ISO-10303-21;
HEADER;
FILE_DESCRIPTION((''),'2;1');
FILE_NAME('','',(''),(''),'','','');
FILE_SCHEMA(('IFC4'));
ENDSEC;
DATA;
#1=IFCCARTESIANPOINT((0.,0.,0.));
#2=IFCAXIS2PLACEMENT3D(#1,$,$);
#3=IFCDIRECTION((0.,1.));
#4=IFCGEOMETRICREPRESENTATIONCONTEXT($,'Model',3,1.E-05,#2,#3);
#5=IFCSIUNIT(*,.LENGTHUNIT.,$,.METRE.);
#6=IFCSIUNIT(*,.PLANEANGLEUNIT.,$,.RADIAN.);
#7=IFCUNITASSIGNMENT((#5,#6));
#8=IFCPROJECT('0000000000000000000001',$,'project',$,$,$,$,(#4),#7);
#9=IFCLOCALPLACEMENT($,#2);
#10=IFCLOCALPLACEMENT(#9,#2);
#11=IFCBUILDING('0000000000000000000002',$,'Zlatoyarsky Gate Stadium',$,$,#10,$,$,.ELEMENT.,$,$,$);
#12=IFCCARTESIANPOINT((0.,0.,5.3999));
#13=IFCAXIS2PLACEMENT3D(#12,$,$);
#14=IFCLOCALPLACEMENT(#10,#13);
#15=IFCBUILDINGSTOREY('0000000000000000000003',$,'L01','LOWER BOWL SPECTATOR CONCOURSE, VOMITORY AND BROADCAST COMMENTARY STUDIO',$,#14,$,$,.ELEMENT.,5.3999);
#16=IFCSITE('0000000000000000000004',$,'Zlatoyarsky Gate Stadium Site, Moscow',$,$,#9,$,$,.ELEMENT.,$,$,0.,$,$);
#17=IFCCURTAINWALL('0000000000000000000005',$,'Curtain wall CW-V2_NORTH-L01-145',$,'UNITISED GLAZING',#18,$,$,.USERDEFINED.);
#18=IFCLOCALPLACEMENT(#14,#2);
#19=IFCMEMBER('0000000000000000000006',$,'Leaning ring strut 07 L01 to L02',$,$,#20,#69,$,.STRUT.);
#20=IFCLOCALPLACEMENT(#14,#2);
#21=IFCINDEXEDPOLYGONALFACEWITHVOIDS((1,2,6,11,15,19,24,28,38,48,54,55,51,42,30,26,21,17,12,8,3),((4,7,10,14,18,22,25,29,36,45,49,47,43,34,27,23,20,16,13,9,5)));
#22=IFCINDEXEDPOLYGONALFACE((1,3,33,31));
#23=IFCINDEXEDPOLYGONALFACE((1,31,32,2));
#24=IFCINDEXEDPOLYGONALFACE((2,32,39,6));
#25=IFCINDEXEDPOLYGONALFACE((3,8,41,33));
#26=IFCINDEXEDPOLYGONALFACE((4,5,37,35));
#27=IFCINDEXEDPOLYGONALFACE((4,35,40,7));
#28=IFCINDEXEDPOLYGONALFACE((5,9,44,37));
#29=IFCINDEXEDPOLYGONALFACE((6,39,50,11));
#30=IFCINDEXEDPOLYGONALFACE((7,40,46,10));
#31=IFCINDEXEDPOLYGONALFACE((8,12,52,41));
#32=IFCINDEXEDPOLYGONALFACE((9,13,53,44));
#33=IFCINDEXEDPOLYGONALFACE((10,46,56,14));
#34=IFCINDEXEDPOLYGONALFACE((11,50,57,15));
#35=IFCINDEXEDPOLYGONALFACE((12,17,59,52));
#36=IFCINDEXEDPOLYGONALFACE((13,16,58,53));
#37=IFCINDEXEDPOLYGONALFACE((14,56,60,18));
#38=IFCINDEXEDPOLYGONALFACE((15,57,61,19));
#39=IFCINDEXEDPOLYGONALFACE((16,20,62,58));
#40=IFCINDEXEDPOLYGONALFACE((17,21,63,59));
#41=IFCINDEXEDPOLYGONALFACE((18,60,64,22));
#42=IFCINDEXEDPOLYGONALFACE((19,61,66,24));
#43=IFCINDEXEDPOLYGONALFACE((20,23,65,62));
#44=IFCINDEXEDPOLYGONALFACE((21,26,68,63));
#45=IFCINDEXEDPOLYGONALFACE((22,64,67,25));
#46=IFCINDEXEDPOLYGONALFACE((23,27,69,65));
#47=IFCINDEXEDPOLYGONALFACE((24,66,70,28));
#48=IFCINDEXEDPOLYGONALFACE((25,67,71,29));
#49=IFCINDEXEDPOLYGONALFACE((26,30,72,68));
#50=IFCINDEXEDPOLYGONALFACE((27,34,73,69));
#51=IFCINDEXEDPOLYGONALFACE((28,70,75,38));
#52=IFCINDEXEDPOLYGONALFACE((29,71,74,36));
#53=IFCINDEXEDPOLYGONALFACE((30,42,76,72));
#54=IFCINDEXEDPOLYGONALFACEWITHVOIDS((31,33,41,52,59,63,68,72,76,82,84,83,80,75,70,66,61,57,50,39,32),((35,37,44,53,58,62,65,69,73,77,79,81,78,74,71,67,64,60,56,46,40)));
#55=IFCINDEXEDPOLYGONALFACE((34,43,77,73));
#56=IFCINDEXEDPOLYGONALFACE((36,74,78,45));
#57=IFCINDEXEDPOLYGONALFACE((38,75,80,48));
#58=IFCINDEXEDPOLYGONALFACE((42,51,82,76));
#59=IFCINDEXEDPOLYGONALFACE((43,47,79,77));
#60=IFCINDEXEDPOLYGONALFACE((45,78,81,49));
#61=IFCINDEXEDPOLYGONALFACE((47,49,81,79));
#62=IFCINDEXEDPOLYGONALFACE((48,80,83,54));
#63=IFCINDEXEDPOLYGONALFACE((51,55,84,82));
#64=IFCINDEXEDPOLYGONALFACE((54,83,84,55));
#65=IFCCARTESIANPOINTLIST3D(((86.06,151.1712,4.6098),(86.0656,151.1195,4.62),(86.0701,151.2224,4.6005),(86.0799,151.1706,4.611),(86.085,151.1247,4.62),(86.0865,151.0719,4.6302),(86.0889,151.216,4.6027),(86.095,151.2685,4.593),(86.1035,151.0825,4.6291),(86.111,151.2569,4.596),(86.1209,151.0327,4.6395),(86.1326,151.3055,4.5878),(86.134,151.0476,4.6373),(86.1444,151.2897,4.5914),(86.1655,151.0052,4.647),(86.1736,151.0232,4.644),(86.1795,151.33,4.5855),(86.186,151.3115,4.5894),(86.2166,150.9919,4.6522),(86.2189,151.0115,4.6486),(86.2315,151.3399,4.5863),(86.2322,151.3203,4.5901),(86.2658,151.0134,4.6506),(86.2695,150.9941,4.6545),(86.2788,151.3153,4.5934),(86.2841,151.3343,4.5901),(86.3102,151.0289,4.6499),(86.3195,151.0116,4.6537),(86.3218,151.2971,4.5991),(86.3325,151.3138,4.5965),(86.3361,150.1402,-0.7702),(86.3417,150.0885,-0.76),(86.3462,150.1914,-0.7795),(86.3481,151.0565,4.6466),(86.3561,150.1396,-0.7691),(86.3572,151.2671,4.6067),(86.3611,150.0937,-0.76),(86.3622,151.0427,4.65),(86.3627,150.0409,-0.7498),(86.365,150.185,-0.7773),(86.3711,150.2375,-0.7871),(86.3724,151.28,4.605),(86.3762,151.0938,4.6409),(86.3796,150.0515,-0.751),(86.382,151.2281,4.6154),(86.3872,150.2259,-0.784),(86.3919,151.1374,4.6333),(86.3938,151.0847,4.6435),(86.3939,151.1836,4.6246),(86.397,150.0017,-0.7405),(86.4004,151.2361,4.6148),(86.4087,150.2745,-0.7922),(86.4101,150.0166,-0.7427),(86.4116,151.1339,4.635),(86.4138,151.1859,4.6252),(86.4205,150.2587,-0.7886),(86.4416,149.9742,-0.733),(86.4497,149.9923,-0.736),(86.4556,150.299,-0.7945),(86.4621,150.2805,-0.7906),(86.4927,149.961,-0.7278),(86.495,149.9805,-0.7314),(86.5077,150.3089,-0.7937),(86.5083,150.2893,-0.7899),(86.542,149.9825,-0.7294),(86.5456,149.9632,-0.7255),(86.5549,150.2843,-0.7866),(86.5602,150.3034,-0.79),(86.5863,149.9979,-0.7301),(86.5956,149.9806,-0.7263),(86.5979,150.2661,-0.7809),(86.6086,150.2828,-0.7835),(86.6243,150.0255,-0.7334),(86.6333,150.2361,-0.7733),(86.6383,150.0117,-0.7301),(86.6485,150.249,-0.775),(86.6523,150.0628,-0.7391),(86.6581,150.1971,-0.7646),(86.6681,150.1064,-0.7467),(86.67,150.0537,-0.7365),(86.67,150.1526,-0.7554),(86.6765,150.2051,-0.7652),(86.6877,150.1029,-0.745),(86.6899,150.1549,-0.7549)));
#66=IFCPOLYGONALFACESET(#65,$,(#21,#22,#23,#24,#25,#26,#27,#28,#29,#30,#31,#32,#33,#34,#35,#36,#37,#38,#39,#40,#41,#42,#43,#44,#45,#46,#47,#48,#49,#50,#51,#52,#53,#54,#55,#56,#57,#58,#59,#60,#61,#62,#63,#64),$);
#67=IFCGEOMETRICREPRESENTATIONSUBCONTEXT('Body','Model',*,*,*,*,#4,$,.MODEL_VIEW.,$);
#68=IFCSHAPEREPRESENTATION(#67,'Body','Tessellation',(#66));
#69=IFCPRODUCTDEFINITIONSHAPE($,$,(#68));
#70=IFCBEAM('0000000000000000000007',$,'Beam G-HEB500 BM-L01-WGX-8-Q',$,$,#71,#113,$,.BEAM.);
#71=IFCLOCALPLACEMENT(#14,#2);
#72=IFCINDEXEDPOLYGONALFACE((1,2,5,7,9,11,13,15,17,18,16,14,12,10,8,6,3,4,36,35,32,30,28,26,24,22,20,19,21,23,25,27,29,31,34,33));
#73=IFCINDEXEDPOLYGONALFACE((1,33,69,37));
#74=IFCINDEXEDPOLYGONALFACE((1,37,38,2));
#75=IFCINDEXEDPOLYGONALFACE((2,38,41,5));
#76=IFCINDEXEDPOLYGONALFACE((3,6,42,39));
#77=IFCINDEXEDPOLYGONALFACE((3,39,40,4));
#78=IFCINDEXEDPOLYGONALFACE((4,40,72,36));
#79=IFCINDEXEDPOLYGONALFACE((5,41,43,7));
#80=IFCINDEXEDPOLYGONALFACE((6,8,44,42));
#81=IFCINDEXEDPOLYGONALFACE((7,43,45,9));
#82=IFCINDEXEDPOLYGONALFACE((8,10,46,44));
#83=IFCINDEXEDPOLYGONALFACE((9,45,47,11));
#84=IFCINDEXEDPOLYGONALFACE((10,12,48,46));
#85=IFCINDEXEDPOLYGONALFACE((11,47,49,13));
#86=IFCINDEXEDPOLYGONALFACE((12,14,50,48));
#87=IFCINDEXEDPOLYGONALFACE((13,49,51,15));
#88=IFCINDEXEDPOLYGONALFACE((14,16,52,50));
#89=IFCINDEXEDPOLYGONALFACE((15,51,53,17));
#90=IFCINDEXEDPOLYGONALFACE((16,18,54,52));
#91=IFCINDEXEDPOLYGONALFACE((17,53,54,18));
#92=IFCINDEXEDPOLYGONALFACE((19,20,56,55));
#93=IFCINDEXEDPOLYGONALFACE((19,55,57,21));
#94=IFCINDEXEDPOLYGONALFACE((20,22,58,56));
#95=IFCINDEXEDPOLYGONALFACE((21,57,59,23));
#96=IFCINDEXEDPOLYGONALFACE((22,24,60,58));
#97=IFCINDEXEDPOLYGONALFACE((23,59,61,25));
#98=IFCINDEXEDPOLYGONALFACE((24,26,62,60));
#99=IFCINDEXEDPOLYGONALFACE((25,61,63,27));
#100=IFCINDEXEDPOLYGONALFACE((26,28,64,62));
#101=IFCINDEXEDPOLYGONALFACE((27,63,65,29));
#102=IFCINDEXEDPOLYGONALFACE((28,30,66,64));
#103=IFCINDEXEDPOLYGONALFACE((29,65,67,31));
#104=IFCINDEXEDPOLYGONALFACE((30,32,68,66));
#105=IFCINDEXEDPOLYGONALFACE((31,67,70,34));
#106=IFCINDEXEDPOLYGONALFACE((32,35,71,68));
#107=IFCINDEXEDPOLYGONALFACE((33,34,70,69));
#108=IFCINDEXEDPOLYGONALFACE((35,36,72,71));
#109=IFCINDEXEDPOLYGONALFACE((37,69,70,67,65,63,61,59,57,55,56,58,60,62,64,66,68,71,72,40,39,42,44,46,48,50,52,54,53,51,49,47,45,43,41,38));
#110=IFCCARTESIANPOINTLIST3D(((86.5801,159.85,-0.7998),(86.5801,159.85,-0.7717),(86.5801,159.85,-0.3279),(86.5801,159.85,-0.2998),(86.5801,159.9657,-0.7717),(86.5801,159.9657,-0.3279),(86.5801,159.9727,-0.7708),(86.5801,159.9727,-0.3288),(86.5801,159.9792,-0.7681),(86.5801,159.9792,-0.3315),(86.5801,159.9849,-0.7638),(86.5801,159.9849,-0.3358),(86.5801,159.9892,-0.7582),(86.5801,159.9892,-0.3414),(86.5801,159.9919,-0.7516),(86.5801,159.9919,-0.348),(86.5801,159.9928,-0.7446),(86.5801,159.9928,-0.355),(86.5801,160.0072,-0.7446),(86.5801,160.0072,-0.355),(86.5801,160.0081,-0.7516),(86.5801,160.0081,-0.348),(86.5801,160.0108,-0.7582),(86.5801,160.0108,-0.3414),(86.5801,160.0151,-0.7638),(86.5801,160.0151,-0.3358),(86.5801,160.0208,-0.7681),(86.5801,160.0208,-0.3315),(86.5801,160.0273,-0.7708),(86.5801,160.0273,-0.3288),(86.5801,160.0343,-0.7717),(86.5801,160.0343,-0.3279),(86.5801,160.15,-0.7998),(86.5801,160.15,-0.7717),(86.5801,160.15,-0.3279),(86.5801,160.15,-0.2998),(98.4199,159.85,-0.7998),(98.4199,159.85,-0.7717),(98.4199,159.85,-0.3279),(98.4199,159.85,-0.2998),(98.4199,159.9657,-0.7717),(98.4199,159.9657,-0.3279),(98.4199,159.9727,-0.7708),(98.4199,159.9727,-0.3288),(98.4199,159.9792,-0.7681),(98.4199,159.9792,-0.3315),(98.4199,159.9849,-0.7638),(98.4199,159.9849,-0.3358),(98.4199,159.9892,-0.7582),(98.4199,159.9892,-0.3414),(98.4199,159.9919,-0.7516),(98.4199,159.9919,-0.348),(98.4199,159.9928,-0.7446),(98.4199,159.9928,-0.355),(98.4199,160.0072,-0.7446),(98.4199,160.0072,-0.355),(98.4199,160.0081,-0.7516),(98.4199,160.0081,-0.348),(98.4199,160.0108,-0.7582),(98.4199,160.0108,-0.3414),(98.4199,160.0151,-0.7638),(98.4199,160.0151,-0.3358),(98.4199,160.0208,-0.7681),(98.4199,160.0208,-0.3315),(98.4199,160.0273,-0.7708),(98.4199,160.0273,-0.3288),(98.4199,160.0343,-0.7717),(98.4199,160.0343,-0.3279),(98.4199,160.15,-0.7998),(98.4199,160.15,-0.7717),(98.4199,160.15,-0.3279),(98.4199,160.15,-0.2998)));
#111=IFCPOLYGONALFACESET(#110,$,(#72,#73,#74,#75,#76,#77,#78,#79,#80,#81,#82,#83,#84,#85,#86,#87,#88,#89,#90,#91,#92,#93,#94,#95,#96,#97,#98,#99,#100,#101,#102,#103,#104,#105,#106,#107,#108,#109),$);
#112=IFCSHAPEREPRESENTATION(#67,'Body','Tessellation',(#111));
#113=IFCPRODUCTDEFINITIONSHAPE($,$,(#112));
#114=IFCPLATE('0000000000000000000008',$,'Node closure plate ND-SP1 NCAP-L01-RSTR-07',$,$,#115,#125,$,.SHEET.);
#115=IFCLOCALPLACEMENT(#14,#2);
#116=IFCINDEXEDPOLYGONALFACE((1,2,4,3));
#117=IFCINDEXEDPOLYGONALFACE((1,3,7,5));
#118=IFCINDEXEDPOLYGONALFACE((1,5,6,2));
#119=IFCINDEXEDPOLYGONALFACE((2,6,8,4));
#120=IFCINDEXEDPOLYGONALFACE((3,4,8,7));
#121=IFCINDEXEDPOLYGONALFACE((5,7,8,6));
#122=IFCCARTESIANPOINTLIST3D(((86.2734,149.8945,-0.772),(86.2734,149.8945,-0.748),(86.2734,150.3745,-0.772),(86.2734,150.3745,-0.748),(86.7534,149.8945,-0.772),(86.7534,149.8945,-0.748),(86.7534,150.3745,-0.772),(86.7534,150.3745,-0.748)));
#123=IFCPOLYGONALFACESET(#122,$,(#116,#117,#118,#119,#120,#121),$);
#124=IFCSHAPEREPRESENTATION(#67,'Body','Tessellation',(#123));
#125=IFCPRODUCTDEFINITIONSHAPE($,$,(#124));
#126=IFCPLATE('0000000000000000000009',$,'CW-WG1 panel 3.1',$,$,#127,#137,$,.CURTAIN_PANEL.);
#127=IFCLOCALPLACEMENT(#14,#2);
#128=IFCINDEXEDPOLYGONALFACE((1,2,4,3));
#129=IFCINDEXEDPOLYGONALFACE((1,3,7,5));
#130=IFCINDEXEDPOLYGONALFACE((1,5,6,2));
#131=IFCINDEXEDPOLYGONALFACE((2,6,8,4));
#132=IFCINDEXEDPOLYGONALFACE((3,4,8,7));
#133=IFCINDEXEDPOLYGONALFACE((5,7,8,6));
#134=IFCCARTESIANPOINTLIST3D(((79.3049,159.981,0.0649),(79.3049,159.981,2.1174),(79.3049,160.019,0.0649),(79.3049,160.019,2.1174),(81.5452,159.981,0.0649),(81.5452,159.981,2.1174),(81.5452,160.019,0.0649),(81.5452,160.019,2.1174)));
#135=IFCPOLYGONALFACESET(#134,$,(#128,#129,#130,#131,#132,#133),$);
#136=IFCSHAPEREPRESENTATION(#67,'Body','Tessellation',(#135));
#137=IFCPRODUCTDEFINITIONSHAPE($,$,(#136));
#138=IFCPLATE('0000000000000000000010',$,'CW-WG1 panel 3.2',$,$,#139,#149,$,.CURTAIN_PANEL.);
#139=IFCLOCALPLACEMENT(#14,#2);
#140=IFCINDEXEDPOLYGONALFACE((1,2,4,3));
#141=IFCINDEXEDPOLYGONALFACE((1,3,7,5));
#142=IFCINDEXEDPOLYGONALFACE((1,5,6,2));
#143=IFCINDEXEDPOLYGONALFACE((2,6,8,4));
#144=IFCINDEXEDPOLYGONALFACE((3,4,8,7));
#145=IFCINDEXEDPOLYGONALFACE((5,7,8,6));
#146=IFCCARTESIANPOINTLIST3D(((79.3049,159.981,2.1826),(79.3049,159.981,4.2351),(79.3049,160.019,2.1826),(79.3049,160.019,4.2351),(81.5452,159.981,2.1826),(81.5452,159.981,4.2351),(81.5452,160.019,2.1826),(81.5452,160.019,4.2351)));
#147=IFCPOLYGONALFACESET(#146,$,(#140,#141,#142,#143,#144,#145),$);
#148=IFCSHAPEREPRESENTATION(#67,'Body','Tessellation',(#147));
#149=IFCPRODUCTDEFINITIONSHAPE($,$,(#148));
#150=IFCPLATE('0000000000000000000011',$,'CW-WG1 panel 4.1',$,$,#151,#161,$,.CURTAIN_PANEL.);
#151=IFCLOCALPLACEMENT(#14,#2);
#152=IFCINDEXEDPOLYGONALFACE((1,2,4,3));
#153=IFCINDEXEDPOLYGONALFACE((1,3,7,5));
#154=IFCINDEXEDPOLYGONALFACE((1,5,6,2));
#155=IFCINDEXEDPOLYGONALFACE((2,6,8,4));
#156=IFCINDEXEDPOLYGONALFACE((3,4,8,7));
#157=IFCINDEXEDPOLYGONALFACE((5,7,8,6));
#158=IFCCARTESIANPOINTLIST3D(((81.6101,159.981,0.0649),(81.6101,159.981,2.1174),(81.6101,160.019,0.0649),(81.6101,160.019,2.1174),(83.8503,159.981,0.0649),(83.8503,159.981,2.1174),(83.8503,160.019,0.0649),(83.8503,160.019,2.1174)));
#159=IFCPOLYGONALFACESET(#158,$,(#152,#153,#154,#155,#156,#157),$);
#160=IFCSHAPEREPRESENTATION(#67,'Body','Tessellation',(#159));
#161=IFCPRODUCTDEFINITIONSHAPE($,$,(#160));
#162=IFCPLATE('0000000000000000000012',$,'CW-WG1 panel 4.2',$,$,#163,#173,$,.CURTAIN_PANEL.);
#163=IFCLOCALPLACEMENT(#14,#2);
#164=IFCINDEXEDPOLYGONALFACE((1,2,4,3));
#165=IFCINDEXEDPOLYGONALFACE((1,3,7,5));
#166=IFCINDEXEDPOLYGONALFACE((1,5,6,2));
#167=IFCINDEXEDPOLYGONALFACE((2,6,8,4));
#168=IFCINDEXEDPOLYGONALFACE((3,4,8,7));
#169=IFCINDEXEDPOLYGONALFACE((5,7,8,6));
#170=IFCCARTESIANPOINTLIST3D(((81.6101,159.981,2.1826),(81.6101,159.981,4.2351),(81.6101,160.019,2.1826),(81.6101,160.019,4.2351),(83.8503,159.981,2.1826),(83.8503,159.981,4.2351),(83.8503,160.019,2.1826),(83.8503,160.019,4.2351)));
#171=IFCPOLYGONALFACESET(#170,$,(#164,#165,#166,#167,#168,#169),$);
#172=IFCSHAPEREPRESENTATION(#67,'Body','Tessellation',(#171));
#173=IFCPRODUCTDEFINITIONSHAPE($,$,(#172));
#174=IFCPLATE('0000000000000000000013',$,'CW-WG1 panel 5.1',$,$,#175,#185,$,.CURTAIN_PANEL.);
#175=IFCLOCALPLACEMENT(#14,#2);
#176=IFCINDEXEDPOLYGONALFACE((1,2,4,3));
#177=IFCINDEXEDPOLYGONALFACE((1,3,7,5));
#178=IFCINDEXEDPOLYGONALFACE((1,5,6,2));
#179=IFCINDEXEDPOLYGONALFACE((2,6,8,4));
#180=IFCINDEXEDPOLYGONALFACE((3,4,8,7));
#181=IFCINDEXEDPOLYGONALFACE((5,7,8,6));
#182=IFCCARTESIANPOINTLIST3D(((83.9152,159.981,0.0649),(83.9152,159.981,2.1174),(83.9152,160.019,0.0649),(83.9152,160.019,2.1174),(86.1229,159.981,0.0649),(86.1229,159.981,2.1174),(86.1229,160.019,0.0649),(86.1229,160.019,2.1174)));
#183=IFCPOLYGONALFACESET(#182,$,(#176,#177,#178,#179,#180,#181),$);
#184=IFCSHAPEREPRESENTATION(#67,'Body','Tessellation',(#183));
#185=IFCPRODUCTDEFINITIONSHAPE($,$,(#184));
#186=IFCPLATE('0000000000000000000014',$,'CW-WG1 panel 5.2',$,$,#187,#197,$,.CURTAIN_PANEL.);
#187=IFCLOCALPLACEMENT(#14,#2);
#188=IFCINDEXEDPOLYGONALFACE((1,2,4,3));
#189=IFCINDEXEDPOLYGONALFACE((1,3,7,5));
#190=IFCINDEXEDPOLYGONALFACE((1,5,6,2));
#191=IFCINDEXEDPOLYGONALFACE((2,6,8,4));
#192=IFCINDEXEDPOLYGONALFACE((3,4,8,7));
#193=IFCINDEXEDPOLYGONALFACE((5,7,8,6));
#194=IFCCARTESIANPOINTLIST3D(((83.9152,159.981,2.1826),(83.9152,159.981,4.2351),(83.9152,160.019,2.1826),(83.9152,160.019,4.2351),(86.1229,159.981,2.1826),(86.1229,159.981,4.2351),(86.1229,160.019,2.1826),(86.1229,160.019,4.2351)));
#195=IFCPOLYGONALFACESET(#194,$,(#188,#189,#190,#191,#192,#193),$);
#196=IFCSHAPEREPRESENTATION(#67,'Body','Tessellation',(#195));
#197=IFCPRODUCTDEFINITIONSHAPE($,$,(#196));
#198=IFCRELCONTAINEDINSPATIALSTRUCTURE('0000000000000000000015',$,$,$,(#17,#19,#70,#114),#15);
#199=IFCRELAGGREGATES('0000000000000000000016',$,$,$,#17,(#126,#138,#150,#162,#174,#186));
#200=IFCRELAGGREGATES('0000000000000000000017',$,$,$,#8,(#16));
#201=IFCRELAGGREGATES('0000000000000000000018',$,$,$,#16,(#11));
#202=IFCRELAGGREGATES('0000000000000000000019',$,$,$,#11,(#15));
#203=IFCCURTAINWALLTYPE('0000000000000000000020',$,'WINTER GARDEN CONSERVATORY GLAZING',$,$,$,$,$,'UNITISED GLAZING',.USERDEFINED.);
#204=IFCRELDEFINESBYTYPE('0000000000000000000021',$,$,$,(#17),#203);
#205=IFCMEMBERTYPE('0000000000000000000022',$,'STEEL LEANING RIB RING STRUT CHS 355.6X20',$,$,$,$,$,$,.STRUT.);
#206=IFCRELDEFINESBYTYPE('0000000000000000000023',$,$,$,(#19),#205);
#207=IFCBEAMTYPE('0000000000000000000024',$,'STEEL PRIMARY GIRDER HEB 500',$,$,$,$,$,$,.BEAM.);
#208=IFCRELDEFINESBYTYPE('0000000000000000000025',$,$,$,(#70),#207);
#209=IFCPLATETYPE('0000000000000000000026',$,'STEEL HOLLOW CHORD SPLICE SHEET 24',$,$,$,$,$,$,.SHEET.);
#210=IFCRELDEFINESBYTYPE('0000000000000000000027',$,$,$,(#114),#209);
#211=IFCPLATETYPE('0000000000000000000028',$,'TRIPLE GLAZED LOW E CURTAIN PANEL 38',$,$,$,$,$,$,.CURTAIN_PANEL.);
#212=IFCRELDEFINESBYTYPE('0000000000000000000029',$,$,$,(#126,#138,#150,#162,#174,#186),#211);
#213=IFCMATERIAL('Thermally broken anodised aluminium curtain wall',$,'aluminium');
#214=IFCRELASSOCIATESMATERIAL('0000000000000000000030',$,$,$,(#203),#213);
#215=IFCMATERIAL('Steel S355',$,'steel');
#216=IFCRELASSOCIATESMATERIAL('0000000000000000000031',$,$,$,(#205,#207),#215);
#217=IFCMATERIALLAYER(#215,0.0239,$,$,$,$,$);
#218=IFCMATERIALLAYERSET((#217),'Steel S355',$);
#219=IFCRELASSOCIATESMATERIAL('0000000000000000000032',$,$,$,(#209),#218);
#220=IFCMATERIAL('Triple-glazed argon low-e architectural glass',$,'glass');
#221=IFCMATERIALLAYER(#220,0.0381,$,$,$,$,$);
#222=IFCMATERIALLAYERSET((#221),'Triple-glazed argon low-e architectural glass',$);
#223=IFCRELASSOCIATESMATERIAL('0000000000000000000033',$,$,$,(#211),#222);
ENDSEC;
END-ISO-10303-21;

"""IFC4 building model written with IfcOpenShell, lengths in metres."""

from ifc_helpers import new_model, si_unit, direction, frame, origin, origin_2d, place, context, subcontext, project, spatial, rectangle, hollow_circle, i_section, extrude, material, layer, layer_set, material_profile, profile_set, type_object, element, aggregate, save


model = new_model("IFC4")

# Units and contexts
model_context = context("Model", 3, precision=1e-05, world=origin(), true_north=direction((0.0, 1.0)))
body_context = subcontext(model_context, "Body", "Model", "MODEL_VIEW")
ifc_project = project(units=[si_unit("LENGTHUNIT", "METRE"), si_unit("PLANEANGLEUNIT", "RADIAN")], contexts=[model_context])

# Site, building, storey
site_placement = place(None, origin())
site = spatial("IfcSite", under=ifc_project, at=site_placement, Name="Zlatoyarsky Gate Stadium Site, Moscow", CompositionType="ELEMENT", RefElevation=0.0)
building_placement = place(site_placement, origin())
building = spatial("IfcBuilding", under=site, at=building_placement, Name="Zlatoyarsky Gate Stadium", CompositionType="ELEMENT")
storey_placement = place(building_placement, frame((0.0, 0.0, 5.3999)))
storey = spatial("IfcBuildingStorey", under=building, at=storey_placement, Name="L01", Description="LOWER BOWL SPECTATOR CONCOURSE, VOMITORY AND BROADCAST COMMENTARY STUDIO", CompositionType="ELEMENT", Elevation=5.3999)

# Curtain wall
ifc_material_1 = material(Name="Thermally broken anodised aluminium curtain wall", Category="aluminium")
curtain_wall_type = type_object("IfcCurtainWallType", Name="WINTER GARDEN CONSERVATORY GLAZING", ElementType="UNITISED GLAZING", PredefinedType="USERDEFINED", material=ifc_material_1)
curtain_wall_placement = place(storey_placement, origin())
curtain_wall = element("IfcCurtainWall", 1, at=curtain_wall_placement, inside=storey, type_object=curtain_wall_type, Name="Curtain wall CW-V2_NORTH-L01-145", ObjectType="UNITISED GLAZING", PredefinedType="USERDEFINED")

# Member
ifc_material_2 = material(Name="Steel S355", Category="steel")
ifc_material_profile_1 = material_profile(ifc_material_2, hollow_circle(Radius=0.1777, WallThickness=0.02, at=origin_2d()), Name="CHS 355.6X20")
ifc_profile_set_1 = profile_set([ifc_material_profile_1], Name="Steel S355")
member_type_1 = type_object("IfcMemberType", Name="STEEL LEANING RIB RING STRUT CHS 355.6X20", PredefinedType="STRUT", material=ifc_profile_set_1)
member_1_placement = place(storey_placement, frame((86.5134, 150.1345, -0.76), z_axis=(-0.050342, 0.187969, 0.980884), x_axis=(-0.965957, -0.258702, 0.0)))
element("IfcMember", 2, at=member_1_placement, inside=storey, type_object=member_type_1, Name="Leaning ring strut 07 L01 to L02", PredefinedType="STRUT", context=body_context, shape_type="SweptSolid", body=[
    extrude(hollow_circle(Radius=0.1777, WallThickness=0.02, at=origin_2d()), origin(), (0.0, 0.0, 1.0), 5.4849),
])

# Beam
ifc_material_profile_2 = material_profile(ifc_material_2, i_section(OverallWidth=0.3, OverallDepth=0.5, WebThickness=0.0144, FlangeThickness=0.0281, FilletRadius=0.0271, at=origin_2d()), Name="HEB 500")
ifc_profile_set_2 = profile_set([ifc_material_profile_2], Name="Steel S355")
beam_type = type_object("IfcBeamType", Name="STEEL PRIMARY GIRDER HEB 500", PredefinedType="BEAM", material=ifc_profile_set_2)
beam_placement = place(storey_placement, frame((86.5801, 160.0, -0.5498), z_axis=(1.0, 0.0, 0.0), x_axis=(0.0, 1.0, 0.0)))
element("IfcBeam", 3, at=beam_placement, inside=storey, type_object=beam_type, Name="Beam G-HEB500 BM-L01-WGX-8-Q", PredefinedType="BEAM", context=body_context, shape_type="SweptSolid", body=[
    extrude(i_section(OverallWidth=0.3, OverallDepth=0.5, WebThickness=0.0144, FlangeThickness=0.0281, FilletRadius=0.0271, at=origin_2d()), origin(), (0.0, 0.0, 1.0), 11.8398),
])

# Plates
ifc_layer_1 = layer(ifc_material_2, 0.0239)
ifc_layer_set_1 = layer_set([ifc_layer_1], Name="Steel S355")
plate_type_1 = type_object("IfcPlateType", Name="STEEL HOLLOW CHORD SPLICE SHEET 24", PredefinedType="SHEET", material=ifc_layer_set_1)
plate_1_placement = place(storey_placement, frame((86.5134, 150.1345, -0.772), z_axis=(0.0, 0.0, 1.0), x_axis=(1.0, 0.0, 0.0)))
element("IfcPlate", 4, at=plate_1_placement, inside=storey, type_object=plate_type_1, Name="Node closure plate ND-SP1 NCAP-L01-RSTR-07", PredefinedType="SHEET", context=body_context, shape_type="SweptSolid", body=[
    extrude(rectangle(XDim=0.48, YDim=0.48, at=origin_2d()), origin(), (0.0, 0.0, 1.0), 0.0239),
])
ifc_material_3 = material(Name="Triple-glazed argon low-e architectural glass", Category="glass")
ifc_layer_2 = layer(ifc_material_3, 0.0381)
ifc_layer_set_2 = layer_set([ifc_layer_2], Name="Triple-glazed argon low-e architectural glass")
plate_type_2 = type_object("IfcPlateType", Name="TRIPLE GLAZED LOW E CURTAIN PANEL 38", PredefinedType="CURTAIN_PANEL", material=ifc_layer_set_2)
plate_2_placement = place(storey_placement, frame((80.425, 160.0, 0.0649), z_axis=(0.0, 0.0, 1.0), x_axis=(1.0, 0.0, 0.0)))
plate_2 = element("IfcPlate", 5, at=plate_2_placement, type_object=plate_type_2, Name="CW-WG1 panel 3.1", PredefinedType="CURTAIN_PANEL", context=body_context, shape_type="SweptSolid", body=[
    extrude(rectangle(XDim=2.2402, YDim=0.0381, at=origin_2d()), origin(), (0.0, 0.0, 1.0), 2.0525),
])
plate_3_placement = place(storey_placement, frame((80.425, 160.0, 2.1826), z_axis=(0.0, 0.0, 1.0), x_axis=(1.0, 0.0, 0.0)))
plate_3 = element("IfcPlate", 6, at=plate_3_placement, type_object=plate_type_2, Name="CW-WG1 panel 3.2", PredefinedType="CURTAIN_PANEL", context=body_context, shape_type="SweptSolid", body=[
    extrude(rectangle(XDim=2.2402, YDim=0.0381, at=origin_2d()), origin(), (0.0, 0.0, 1.0), 2.0525),
])
plate_4_placement = place(storey_placement, frame((82.7302, 160.0, 0.0649), z_axis=(0.0, 0.0, 1.0), x_axis=(1.0, 0.0, 0.0)))
plate_4 = element("IfcPlate", 7, at=plate_4_placement, type_object=plate_type_2, Name="CW-WG1 panel 4.1", PredefinedType="CURTAIN_PANEL", context=body_context, shape_type="SweptSolid", body=[
    extrude(rectangle(XDim=2.2402, YDim=0.0381, at=origin_2d()), origin(), (0.0, 0.0, 1.0), 2.0525),
])
plate_5_placement = place(storey_placement, frame((82.7302, 160.0, 2.1826), z_axis=(0.0, 0.0, 1.0), x_axis=(1.0, 0.0, 0.0)))
plate_5 = element("IfcPlate", 8, at=plate_5_placement, type_object=plate_type_2, Name="CW-WG1 panel 4.2", PredefinedType="CURTAIN_PANEL", context=body_context, shape_type="SweptSolid", body=[
    extrude(rectangle(XDim=2.2402, YDim=0.0381, at=origin_2d()), origin(), (0.0, 0.0, 1.0), 2.0525),
])
plate_6_placement = place(storey_placement, frame((85.019, 160.0, 0.0649), z_axis=(0.0, 0.0, 1.0), x_axis=(1.0, 0.0, 0.0)))
plate_6 = element("IfcPlate", 9, at=plate_6_placement, type_object=plate_type_2, Name="CW-WG1 panel 5.1", PredefinedType="CURTAIN_PANEL", context=body_context, shape_type="SweptSolid", body=[
    extrude(rectangle(XDim=2.2078, YDim=0.0381, at=origin_2d()), origin(), (0.0, 0.0, 1.0), 2.0525),
])
plate_7_placement = place(storey_placement, frame((85.019, 160.0, 2.1826), z_axis=(0.0, 0.0, 1.0), x_axis=(1.0, 0.0, 0.0)))
plate_7 = element("IfcPlate", 10, at=plate_7_placement, type_object=plate_type_2, Name="CW-WG1 panel 5.2", PredefinedType="CURTAIN_PANEL", context=body_context, shape_type="SweptSolid", body=[
    extrude(rectangle(XDim=2.2078, YDim=0.0381, at=origin_2d()), origin(), (0.0, 0.0, 1.0), 2.0525),
])
aggregate(curtain_wall, [plate_2, plate_3, plate_4, plate_5, plate_6, plate_7])

save(model, "model.ifc")
